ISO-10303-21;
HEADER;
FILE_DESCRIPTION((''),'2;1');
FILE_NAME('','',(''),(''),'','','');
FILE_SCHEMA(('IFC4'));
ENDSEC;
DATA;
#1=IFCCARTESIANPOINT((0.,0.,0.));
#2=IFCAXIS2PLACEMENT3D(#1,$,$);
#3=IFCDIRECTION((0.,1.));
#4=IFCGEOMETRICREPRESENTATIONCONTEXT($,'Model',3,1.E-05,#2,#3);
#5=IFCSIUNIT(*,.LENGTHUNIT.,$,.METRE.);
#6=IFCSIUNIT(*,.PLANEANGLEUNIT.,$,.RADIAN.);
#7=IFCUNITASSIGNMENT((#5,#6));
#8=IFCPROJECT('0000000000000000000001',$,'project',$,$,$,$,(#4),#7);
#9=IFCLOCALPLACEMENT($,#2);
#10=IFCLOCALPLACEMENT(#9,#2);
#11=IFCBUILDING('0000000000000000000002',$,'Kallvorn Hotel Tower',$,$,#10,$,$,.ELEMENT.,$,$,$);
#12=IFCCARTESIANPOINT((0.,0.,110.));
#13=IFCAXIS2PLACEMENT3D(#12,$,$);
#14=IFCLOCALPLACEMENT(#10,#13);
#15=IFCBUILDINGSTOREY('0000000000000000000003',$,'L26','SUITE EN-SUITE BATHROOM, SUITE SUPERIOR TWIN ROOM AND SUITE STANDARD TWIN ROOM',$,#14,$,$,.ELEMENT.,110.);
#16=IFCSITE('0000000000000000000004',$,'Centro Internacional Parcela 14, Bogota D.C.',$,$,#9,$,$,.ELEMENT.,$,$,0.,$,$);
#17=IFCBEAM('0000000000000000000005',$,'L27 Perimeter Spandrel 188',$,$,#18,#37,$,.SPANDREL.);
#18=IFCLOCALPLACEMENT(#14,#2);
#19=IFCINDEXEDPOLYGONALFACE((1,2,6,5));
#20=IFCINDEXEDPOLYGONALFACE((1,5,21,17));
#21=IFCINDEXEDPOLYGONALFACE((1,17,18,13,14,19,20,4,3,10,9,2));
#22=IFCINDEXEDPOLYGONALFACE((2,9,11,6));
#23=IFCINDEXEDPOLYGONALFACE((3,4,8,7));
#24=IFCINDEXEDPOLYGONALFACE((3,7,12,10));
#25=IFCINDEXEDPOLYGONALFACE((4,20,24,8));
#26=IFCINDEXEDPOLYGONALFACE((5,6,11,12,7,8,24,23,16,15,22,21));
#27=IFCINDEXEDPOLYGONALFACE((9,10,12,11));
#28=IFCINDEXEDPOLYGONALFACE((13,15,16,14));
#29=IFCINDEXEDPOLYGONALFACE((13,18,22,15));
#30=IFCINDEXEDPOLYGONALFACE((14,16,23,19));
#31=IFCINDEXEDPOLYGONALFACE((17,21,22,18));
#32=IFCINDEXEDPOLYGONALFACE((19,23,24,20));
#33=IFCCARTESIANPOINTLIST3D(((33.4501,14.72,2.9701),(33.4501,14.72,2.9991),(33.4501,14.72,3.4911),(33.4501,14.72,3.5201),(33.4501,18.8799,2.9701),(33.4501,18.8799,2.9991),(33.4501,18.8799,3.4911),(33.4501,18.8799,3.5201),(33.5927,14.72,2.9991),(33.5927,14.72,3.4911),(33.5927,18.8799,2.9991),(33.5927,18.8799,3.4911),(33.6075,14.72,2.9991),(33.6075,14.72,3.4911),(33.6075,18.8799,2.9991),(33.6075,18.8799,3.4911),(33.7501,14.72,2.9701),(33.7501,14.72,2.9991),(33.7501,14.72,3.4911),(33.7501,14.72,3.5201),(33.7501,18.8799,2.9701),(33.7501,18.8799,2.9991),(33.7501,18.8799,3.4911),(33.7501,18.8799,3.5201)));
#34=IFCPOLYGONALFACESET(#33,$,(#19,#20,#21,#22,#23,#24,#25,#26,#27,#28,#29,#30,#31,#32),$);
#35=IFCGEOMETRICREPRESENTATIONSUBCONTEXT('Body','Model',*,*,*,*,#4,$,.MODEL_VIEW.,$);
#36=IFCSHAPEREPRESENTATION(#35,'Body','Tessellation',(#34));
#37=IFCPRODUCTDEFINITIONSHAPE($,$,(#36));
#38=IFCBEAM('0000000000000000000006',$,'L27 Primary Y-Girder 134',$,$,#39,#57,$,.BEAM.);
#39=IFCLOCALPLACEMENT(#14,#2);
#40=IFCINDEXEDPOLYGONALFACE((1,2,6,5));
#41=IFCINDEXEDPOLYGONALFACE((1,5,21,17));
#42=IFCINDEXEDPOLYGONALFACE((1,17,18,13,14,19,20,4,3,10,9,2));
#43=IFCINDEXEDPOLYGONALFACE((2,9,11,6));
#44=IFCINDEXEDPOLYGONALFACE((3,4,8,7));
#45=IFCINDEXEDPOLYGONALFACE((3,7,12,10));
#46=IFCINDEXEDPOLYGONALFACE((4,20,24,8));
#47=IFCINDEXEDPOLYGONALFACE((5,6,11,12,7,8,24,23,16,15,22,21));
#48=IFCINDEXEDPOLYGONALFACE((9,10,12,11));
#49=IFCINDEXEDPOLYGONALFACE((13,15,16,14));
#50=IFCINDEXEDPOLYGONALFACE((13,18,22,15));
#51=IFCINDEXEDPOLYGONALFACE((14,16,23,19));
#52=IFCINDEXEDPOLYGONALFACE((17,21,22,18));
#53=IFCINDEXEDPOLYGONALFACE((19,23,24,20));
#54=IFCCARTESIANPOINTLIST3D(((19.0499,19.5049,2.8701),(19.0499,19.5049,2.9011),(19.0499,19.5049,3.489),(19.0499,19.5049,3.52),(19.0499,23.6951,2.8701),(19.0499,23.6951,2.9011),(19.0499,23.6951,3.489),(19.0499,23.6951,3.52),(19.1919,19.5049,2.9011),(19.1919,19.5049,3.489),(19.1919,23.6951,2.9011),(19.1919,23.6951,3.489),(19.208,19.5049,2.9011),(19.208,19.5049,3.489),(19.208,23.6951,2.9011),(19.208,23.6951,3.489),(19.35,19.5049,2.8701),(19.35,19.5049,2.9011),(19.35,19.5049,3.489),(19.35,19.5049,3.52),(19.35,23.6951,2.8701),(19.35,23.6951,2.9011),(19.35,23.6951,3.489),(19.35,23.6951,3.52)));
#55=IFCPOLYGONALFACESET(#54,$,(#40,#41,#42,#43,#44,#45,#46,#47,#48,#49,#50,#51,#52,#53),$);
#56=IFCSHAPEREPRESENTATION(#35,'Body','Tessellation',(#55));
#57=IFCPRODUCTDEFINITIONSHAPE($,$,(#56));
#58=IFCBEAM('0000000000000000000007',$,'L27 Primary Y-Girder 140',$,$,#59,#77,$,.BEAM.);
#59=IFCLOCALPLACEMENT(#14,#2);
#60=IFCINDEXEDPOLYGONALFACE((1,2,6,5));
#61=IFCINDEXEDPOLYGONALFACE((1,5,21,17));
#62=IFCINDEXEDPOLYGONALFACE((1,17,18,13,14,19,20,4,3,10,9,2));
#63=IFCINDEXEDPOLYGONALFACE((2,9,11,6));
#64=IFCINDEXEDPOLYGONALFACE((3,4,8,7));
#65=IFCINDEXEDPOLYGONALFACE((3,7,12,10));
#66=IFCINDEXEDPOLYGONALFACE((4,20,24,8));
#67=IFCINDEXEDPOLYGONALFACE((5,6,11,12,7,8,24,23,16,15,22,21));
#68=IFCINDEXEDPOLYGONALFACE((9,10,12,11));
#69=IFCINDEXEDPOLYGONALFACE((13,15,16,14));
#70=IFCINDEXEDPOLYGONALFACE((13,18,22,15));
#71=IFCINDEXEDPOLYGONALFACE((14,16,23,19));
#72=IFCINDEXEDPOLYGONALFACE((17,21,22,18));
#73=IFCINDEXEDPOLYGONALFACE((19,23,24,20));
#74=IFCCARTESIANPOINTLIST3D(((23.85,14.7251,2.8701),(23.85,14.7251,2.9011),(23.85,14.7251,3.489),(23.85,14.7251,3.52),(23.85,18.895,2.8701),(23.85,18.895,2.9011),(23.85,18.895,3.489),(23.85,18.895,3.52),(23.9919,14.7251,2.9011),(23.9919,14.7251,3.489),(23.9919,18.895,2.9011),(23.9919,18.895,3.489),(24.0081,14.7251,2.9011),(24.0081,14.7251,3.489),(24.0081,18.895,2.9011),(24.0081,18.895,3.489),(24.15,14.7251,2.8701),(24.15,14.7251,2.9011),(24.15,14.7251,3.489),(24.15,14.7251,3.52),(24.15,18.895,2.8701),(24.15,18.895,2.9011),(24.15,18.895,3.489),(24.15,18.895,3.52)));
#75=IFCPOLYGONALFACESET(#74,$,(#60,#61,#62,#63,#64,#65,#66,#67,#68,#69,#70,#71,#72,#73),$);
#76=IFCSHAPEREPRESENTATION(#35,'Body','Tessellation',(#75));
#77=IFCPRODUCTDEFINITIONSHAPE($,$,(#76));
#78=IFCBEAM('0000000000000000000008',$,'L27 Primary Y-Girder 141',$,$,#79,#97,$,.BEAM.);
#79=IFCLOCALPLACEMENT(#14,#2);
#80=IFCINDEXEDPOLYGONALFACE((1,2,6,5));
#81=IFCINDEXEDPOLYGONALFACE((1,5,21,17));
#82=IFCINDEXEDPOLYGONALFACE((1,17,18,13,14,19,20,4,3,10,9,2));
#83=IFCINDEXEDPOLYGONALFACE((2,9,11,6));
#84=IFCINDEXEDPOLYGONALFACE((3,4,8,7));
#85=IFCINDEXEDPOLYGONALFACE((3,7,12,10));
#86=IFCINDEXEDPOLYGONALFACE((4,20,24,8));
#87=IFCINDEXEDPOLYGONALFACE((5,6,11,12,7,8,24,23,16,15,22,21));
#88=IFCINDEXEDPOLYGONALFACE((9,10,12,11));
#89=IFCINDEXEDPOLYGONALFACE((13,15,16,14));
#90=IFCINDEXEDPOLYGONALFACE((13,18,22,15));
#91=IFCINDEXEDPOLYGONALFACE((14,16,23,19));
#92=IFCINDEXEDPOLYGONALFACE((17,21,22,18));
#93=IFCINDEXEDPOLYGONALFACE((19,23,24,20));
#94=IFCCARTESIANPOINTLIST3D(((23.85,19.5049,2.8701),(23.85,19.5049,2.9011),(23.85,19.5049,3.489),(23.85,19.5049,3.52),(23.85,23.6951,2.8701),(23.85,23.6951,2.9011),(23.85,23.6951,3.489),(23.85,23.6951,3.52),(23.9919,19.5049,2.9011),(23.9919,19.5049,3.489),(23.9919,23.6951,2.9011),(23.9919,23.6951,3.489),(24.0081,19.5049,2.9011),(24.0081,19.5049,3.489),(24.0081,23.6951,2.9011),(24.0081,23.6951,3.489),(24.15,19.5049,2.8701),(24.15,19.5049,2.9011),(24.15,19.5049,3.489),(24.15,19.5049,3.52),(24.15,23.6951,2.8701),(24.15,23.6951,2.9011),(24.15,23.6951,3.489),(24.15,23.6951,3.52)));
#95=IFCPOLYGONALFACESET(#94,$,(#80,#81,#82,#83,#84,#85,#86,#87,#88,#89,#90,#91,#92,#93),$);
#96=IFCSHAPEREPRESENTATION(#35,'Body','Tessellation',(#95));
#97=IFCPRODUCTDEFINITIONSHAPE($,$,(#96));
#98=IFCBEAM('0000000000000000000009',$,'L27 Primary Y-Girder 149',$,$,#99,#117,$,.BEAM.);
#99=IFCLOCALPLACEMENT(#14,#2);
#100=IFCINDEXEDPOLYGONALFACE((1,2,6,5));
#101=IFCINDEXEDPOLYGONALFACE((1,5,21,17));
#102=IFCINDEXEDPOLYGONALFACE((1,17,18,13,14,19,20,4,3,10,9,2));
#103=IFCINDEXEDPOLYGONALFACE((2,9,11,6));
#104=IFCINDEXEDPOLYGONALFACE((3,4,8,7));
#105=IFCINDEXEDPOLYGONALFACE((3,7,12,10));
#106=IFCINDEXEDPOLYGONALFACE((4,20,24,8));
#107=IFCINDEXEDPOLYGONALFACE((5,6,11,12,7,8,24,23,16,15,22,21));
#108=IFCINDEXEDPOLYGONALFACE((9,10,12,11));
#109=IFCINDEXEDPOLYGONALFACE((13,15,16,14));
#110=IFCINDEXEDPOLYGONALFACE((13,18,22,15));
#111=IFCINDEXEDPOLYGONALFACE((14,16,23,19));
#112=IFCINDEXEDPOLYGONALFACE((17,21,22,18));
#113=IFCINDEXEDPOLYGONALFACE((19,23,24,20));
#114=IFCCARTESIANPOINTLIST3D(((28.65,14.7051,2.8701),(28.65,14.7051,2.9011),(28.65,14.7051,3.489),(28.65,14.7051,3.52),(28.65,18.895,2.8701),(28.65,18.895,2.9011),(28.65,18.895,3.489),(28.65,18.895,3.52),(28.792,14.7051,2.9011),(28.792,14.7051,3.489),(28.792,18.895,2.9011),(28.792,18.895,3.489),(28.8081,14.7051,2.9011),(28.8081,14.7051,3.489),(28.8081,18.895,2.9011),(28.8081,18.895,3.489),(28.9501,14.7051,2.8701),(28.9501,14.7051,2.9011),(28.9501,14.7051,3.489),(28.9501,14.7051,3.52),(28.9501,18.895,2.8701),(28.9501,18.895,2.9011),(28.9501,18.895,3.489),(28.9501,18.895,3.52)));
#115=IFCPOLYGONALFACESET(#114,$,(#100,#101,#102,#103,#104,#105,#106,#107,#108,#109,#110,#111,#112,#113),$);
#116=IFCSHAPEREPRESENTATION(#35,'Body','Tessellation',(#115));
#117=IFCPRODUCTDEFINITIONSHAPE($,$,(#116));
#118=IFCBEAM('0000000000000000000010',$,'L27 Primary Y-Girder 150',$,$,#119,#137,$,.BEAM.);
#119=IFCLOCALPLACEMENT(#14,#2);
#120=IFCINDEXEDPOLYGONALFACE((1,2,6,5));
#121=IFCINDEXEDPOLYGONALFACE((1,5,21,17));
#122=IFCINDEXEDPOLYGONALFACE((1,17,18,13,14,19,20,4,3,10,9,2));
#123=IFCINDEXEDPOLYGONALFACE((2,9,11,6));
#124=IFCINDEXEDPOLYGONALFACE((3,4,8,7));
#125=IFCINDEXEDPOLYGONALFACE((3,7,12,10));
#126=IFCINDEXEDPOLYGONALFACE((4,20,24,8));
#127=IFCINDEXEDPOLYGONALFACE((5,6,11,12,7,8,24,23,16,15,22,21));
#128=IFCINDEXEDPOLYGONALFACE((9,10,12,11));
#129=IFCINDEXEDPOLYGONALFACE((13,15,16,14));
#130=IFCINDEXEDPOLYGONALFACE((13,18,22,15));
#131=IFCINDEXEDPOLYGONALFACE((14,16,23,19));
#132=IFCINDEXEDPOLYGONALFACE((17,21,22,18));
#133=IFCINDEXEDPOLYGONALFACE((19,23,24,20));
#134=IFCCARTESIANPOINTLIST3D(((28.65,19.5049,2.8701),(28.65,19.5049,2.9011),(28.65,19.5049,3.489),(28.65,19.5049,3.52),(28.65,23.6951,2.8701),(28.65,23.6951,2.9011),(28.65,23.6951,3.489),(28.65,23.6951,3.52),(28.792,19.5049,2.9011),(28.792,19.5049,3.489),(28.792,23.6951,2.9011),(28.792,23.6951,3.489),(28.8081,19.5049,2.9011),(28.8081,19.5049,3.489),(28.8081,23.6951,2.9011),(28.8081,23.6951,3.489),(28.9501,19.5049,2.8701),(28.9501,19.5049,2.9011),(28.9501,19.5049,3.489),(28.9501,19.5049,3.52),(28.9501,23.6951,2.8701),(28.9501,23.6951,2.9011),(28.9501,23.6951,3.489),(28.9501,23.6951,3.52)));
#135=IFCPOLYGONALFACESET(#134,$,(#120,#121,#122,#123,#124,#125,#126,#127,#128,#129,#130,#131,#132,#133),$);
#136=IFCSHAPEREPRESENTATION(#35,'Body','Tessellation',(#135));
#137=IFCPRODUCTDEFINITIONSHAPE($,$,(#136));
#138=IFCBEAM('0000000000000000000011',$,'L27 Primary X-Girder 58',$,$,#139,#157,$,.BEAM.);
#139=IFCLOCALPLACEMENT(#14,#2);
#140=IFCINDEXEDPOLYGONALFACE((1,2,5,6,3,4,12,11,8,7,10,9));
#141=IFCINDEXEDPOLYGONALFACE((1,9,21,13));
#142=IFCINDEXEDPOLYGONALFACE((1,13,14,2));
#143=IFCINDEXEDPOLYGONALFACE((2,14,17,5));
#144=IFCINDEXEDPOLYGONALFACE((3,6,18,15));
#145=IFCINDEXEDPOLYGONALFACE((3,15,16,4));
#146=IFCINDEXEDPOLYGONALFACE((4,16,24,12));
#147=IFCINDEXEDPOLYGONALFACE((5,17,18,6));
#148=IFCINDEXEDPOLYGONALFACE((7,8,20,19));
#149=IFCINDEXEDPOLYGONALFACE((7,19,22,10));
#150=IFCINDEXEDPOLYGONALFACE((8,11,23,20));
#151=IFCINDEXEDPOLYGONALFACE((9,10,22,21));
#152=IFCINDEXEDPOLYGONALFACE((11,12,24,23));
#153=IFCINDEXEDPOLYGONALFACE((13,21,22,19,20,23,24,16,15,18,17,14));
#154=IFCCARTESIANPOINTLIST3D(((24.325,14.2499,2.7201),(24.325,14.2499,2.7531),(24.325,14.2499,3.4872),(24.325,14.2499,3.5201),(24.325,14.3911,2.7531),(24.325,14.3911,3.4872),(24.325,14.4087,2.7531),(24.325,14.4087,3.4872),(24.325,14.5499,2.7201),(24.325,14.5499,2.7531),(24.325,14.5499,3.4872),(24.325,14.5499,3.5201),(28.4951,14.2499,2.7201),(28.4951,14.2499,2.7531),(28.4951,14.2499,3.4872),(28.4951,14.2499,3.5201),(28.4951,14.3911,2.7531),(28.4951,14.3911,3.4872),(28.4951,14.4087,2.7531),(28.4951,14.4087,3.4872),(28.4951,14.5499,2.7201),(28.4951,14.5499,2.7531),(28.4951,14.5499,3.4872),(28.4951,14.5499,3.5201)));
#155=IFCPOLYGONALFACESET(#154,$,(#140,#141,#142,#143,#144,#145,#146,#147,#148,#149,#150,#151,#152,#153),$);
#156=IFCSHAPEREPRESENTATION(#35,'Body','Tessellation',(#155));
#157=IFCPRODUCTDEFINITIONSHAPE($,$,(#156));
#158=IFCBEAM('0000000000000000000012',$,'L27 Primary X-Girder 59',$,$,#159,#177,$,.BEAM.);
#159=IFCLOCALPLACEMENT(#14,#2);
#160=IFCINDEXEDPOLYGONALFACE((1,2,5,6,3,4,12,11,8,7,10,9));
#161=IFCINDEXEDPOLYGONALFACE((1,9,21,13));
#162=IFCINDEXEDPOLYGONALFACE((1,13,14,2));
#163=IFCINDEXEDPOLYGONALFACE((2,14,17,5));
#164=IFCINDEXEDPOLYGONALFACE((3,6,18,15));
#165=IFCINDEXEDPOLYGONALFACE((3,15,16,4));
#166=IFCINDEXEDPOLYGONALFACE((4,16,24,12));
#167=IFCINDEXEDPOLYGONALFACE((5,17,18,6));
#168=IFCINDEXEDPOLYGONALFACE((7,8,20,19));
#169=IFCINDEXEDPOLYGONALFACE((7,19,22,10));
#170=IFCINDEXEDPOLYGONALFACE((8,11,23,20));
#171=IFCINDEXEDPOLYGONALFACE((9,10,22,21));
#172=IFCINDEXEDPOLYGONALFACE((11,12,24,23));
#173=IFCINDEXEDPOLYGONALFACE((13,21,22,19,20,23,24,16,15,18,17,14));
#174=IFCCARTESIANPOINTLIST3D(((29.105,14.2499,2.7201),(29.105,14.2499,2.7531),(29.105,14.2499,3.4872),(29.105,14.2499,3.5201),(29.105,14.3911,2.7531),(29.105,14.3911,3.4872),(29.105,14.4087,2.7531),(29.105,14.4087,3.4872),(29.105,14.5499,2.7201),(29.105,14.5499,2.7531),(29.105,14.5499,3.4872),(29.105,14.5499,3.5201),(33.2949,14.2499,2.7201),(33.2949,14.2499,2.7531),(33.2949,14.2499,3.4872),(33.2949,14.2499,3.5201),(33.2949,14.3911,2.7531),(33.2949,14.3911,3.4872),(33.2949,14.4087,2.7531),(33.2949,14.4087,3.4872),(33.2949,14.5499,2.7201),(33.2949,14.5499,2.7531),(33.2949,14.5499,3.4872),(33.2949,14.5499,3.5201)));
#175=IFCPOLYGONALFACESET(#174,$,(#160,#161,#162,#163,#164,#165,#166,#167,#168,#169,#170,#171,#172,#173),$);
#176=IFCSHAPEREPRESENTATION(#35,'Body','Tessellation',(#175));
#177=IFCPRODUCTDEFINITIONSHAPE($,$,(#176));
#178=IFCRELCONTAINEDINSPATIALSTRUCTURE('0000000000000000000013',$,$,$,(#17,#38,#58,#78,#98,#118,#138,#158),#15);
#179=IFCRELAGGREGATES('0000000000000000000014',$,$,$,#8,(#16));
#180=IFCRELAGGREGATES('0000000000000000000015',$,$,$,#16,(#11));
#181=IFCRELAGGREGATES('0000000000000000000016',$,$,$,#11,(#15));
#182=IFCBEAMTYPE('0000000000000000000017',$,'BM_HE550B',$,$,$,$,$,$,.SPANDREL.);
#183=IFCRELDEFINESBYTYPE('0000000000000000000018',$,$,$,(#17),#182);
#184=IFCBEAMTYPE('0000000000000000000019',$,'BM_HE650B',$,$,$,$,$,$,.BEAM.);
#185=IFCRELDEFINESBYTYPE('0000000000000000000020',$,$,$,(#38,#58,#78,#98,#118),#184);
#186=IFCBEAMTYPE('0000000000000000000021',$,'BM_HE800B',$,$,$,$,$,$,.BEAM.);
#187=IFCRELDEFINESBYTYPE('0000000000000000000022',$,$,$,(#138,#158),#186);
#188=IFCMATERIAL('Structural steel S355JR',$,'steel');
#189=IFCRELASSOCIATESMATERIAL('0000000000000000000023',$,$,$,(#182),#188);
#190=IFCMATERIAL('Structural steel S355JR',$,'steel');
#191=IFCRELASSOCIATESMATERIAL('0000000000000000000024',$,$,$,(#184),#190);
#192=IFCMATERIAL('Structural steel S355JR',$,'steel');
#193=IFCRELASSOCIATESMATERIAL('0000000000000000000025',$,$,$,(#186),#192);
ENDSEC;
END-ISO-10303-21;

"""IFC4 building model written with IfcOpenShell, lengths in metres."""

from ifc_helpers import new_model, si_unit, direction, frame, origin, origin_2d, place, context, subcontext, project, spatial, i_section, extrude, material, material_profile, profile_set, type_object, element, save


model = new_model("IFC4")

# Units and contexts
model_context = context("Model", 3, precision=1e-05, world=origin(), true_north=direction((0.0, 1.0)))
body_context = subcontext(model_context, "Body", "Model", "MODEL_VIEW")
ifc_project = project(units=[si_unit("LENGTHUNIT", "METRE"), si_unit("PLANEANGLEUNIT", "RADIAN")], contexts=[model_context])

# Site, building, storey
site_placement = place(None, origin())
site = spatial("IfcSite", under=ifc_project, at=site_placement, Name="Centro Internacional Parcela 14, Bogota D.C.", CompositionType="ELEMENT", RefElevation=0.0)
building_placement = place(site_placement, origin())
building = spatial("IfcBuilding", under=site, at=building_placement, Name="Kallvorn Hotel Tower", CompositionType="ELEMENT")
storey_placement = place(building_placement, frame((0.0, 0.0, 110.0)))
storey = spatial("IfcBuildingStorey", under=building, at=storey_placement, Name="L26", Description="SUITE EN-SUITE BATHROOM, SUITE SUPERIOR TWIN ROOM AND SUITE STANDARD TWIN ROOM", CompositionType="ELEMENT", Elevation=110.0)

# Beams
ifc_material_1 = material(Name="Structural steel S355JR", Category="steel")
ifc_material_profile_1 = material_profile(ifc_material_1, i_section(OverallWidth=0.3, OverallDepth=0.55, WebThickness=0.0149, FlangeThickness=0.0291, at=origin_2d()), Name="HE 550 B")
ifc_profile_set_1 = profile_set([ifc_material_profile_1], Name="Structural steel S355JR")
beam_type_1 = type_object("IfcBeamType", Name="BM_HE550B", PredefinedType="SPANDREL", material=ifc_profile_set_1)
for number, where, z_axis, x_axis, name in (
    (1, (33.6001, 14.72, 3.2451), (0.0, 1.0, 0.0), (-1.0, 0.0, 0.0), "L27 Perimeter Spandrel 188"),
):
    element("IfcBeam", number, at=place(storey_placement, frame(where, z_axis=z_axis, x_axis=x_axis)), inside=storey, type_object=beam_type_1, Name=name, PredefinedType="SPANDREL", context=body_context, shape_type="SweptSolid", body=[
        extrude(i_section(OverallWidth=0.3, OverallDepth=0.55, WebThickness=0.0149, FlangeThickness=0.0291, at=origin_2d()), origin(), (0.0, 0.0, 1.0), 4.1599),
    ])
ifc_material_2 = material(Name="Structural steel S355JR", Category="steel")
ifc_material_profile_2 = material_profile(ifc_material_2, i_section(OverallWidth=0.3, OverallDepth=0.6499, WebThickness=0.0161, FlangeThickness=0.031, at=origin_2d()), Name="HE 650 B")
ifc_profile_set_2 = profile_set([ifc_material_profile_2], Name="Structural steel S355JR")
beam_type_2 = type_object("IfcBeamType", Name="BM_HE650B", PredefinedType="BEAM", material=ifc_profile_set_2)
beam_1_placement = place(storey_placement, frame((19.2, 19.5049, 3.1951), z_axis=(0.0, 1.0, 0.0), x_axis=(-1.0, 0.0, 0.0)))
element("IfcBeam", 2, at=beam_1_placement, inside=storey, type_object=beam_type_2, Name="L27 Primary Y-Girder 134", PredefinedType="BEAM", context=body_context, shape_type="SweptSolid", body=[
    extrude(i_section(OverallWidth=0.3, OverallDepth=0.6499, WebThickness=0.0161, FlangeThickness=0.031, at=origin_2d()), origin(), (0.0, 0.0, 1.0), 4.1902),
])
beam_2_placement = place(storey_placement, frame((24.0, 14.7251, 3.1951), z_axis=(0.0, 1.0, 0.0), x_axis=(-1.0, 0.0, 0.0)))
element("IfcBeam", 3, at=beam_2_placement, inside=storey, type_object=beam_type_2, Name="L27 Primary Y-Girder 140", PredefinedType="BEAM", context=body_context, shape_type="SweptSolid", body=[
    extrude(i_section(OverallWidth=0.3, OverallDepth=0.6499, WebThickness=0.0161, FlangeThickness=0.031, at=origin_2d()), origin(), (0.0, 0.0, 1.0), 4.1699),
])
beam_3_placement = place(storey_placement, frame((24.0, 19.5049, 3.1951), z_axis=(0.0, 1.0, 0.0), x_axis=(-1.0, 0.0, 0.0)))
element("IfcBeam", 4, at=beam_3_placement, inside=storey, type_object=beam_type_2, Name="L27 Primary Y-Girder 141", PredefinedType="BEAM", context=body_context, shape_type="SweptSolid", body=[
    extrude(i_section(OverallWidth=0.3, OverallDepth=0.6499, WebThickness=0.0161, FlangeThickness=0.031, at=origin_2d()), origin(), (0.0, 0.0, 1.0), 4.1902),
])
beam_4_placement = place(storey_placement, frame((28.8, 14.7051, 3.1951), z_axis=(0.0, 1.0, 0.0), x_axis=(-1.0, 0.0, 0.0)))
element("IfcBeam", 5, at=beam_4_placement, inside=storey, type_object=beam_type_2, Name="L27 Primary Y-Girder 149", PredefinedType="BEAM", context=body_context, shape_type="SweptSolid", body=[
    extrude(i_section(OverallWidth=0.3, OverallDepth=0.6499, WebThickness=0.0161, FlangeThickness=0.031, at=origin_2d()), origin(), (0.0, 0.0, 1.0), 4.1899),
])
beam_5_placement = place(storey_placement, frame((28.8, 19.5049, 3.1951), z_axis=(0.0, 1.0, 0.0), x_axis=(-1.0, 0.0, 0.0)))
element("IfcBeam", 6, at=beam_5_placement, inside=storey, type_object=beam_type_2, Name="L27 Primary Y-Girder 150", PredefinedType="BEAM", context=body_context, shape_type="SweptSolid", body=[
    extrude(i_section(OverallWidth=0.3, OverallDepth=0.6499, WebThickness=0.0161, FlangeThickness=0.031, at=origin_2d()), origin(), (0.0, 0.0, 1.0), 4.1902),
])
ifc_material_3 = material(Name="Structural steel S355JR", Category="steel")
ifc_material_profile_3 = material_profile(ifc_material_3, i_section(OverallWidth=0.3, OverallDepth=0.8, WebThickness=0.0176, FlangeThickness=0.033, at=origin_2d()), Name="HE 800 B")
ifc_profile_set_3 = profile_set([ifc_material_profile_3], Name="Structural steel S355JR")
beam_type_3 = type_object("IfcBeamType", Name="BM_HE800B", PredefinedType="BEAM", material=ifc_profile_set_3)
beam_6_placement = place(storey_placement, frame((24.325, 14.3999, 3.1201), z_axis=(1.0, 0.0, 0.0), x_axis=(0.0, 1.0, 0.0)))
element("IfcBeam", 7, at=beam_6_placement, inside=storey, type_object=beam_type_3, Name="L27 Primary X-Girder 58", PredefinedType="BEAM", context=body_context, shape_type="SweptSolid", body=[
    extrude(i_section(OverallWidth=0.3, OverallDepth=0.8, WebThickness=0.0176, FlangeThickness=0.033, at=origin_2d()), origin(), (0.0, 0.0, 1.0), 4.1702),
])
beam_7_placement = place(storey_placement, frame((29.105, 14.3999, 3.1201), z_axis=(1.0, 0.0, 0.0), x_axis=(0.0, 1.0, 0.0)))
element("IfcBeam", 8, at=beam_7_placement, inside=storey, type_object=beam_type_3, Name="L27 Primary X-Girder 59", PredefinedType="BEAM", context=body_context, shape_type="SweptSolid", body=[
    extrude(i_section(OverallWidth=0.3, OverallDepth=0.8, WebThickness=0.0176, FlangeThickness=0.033, at=origin_2d()), origin(), (0.0, 0.0, 1.0), 4.1899),
])

save(model, "model.ifc")
